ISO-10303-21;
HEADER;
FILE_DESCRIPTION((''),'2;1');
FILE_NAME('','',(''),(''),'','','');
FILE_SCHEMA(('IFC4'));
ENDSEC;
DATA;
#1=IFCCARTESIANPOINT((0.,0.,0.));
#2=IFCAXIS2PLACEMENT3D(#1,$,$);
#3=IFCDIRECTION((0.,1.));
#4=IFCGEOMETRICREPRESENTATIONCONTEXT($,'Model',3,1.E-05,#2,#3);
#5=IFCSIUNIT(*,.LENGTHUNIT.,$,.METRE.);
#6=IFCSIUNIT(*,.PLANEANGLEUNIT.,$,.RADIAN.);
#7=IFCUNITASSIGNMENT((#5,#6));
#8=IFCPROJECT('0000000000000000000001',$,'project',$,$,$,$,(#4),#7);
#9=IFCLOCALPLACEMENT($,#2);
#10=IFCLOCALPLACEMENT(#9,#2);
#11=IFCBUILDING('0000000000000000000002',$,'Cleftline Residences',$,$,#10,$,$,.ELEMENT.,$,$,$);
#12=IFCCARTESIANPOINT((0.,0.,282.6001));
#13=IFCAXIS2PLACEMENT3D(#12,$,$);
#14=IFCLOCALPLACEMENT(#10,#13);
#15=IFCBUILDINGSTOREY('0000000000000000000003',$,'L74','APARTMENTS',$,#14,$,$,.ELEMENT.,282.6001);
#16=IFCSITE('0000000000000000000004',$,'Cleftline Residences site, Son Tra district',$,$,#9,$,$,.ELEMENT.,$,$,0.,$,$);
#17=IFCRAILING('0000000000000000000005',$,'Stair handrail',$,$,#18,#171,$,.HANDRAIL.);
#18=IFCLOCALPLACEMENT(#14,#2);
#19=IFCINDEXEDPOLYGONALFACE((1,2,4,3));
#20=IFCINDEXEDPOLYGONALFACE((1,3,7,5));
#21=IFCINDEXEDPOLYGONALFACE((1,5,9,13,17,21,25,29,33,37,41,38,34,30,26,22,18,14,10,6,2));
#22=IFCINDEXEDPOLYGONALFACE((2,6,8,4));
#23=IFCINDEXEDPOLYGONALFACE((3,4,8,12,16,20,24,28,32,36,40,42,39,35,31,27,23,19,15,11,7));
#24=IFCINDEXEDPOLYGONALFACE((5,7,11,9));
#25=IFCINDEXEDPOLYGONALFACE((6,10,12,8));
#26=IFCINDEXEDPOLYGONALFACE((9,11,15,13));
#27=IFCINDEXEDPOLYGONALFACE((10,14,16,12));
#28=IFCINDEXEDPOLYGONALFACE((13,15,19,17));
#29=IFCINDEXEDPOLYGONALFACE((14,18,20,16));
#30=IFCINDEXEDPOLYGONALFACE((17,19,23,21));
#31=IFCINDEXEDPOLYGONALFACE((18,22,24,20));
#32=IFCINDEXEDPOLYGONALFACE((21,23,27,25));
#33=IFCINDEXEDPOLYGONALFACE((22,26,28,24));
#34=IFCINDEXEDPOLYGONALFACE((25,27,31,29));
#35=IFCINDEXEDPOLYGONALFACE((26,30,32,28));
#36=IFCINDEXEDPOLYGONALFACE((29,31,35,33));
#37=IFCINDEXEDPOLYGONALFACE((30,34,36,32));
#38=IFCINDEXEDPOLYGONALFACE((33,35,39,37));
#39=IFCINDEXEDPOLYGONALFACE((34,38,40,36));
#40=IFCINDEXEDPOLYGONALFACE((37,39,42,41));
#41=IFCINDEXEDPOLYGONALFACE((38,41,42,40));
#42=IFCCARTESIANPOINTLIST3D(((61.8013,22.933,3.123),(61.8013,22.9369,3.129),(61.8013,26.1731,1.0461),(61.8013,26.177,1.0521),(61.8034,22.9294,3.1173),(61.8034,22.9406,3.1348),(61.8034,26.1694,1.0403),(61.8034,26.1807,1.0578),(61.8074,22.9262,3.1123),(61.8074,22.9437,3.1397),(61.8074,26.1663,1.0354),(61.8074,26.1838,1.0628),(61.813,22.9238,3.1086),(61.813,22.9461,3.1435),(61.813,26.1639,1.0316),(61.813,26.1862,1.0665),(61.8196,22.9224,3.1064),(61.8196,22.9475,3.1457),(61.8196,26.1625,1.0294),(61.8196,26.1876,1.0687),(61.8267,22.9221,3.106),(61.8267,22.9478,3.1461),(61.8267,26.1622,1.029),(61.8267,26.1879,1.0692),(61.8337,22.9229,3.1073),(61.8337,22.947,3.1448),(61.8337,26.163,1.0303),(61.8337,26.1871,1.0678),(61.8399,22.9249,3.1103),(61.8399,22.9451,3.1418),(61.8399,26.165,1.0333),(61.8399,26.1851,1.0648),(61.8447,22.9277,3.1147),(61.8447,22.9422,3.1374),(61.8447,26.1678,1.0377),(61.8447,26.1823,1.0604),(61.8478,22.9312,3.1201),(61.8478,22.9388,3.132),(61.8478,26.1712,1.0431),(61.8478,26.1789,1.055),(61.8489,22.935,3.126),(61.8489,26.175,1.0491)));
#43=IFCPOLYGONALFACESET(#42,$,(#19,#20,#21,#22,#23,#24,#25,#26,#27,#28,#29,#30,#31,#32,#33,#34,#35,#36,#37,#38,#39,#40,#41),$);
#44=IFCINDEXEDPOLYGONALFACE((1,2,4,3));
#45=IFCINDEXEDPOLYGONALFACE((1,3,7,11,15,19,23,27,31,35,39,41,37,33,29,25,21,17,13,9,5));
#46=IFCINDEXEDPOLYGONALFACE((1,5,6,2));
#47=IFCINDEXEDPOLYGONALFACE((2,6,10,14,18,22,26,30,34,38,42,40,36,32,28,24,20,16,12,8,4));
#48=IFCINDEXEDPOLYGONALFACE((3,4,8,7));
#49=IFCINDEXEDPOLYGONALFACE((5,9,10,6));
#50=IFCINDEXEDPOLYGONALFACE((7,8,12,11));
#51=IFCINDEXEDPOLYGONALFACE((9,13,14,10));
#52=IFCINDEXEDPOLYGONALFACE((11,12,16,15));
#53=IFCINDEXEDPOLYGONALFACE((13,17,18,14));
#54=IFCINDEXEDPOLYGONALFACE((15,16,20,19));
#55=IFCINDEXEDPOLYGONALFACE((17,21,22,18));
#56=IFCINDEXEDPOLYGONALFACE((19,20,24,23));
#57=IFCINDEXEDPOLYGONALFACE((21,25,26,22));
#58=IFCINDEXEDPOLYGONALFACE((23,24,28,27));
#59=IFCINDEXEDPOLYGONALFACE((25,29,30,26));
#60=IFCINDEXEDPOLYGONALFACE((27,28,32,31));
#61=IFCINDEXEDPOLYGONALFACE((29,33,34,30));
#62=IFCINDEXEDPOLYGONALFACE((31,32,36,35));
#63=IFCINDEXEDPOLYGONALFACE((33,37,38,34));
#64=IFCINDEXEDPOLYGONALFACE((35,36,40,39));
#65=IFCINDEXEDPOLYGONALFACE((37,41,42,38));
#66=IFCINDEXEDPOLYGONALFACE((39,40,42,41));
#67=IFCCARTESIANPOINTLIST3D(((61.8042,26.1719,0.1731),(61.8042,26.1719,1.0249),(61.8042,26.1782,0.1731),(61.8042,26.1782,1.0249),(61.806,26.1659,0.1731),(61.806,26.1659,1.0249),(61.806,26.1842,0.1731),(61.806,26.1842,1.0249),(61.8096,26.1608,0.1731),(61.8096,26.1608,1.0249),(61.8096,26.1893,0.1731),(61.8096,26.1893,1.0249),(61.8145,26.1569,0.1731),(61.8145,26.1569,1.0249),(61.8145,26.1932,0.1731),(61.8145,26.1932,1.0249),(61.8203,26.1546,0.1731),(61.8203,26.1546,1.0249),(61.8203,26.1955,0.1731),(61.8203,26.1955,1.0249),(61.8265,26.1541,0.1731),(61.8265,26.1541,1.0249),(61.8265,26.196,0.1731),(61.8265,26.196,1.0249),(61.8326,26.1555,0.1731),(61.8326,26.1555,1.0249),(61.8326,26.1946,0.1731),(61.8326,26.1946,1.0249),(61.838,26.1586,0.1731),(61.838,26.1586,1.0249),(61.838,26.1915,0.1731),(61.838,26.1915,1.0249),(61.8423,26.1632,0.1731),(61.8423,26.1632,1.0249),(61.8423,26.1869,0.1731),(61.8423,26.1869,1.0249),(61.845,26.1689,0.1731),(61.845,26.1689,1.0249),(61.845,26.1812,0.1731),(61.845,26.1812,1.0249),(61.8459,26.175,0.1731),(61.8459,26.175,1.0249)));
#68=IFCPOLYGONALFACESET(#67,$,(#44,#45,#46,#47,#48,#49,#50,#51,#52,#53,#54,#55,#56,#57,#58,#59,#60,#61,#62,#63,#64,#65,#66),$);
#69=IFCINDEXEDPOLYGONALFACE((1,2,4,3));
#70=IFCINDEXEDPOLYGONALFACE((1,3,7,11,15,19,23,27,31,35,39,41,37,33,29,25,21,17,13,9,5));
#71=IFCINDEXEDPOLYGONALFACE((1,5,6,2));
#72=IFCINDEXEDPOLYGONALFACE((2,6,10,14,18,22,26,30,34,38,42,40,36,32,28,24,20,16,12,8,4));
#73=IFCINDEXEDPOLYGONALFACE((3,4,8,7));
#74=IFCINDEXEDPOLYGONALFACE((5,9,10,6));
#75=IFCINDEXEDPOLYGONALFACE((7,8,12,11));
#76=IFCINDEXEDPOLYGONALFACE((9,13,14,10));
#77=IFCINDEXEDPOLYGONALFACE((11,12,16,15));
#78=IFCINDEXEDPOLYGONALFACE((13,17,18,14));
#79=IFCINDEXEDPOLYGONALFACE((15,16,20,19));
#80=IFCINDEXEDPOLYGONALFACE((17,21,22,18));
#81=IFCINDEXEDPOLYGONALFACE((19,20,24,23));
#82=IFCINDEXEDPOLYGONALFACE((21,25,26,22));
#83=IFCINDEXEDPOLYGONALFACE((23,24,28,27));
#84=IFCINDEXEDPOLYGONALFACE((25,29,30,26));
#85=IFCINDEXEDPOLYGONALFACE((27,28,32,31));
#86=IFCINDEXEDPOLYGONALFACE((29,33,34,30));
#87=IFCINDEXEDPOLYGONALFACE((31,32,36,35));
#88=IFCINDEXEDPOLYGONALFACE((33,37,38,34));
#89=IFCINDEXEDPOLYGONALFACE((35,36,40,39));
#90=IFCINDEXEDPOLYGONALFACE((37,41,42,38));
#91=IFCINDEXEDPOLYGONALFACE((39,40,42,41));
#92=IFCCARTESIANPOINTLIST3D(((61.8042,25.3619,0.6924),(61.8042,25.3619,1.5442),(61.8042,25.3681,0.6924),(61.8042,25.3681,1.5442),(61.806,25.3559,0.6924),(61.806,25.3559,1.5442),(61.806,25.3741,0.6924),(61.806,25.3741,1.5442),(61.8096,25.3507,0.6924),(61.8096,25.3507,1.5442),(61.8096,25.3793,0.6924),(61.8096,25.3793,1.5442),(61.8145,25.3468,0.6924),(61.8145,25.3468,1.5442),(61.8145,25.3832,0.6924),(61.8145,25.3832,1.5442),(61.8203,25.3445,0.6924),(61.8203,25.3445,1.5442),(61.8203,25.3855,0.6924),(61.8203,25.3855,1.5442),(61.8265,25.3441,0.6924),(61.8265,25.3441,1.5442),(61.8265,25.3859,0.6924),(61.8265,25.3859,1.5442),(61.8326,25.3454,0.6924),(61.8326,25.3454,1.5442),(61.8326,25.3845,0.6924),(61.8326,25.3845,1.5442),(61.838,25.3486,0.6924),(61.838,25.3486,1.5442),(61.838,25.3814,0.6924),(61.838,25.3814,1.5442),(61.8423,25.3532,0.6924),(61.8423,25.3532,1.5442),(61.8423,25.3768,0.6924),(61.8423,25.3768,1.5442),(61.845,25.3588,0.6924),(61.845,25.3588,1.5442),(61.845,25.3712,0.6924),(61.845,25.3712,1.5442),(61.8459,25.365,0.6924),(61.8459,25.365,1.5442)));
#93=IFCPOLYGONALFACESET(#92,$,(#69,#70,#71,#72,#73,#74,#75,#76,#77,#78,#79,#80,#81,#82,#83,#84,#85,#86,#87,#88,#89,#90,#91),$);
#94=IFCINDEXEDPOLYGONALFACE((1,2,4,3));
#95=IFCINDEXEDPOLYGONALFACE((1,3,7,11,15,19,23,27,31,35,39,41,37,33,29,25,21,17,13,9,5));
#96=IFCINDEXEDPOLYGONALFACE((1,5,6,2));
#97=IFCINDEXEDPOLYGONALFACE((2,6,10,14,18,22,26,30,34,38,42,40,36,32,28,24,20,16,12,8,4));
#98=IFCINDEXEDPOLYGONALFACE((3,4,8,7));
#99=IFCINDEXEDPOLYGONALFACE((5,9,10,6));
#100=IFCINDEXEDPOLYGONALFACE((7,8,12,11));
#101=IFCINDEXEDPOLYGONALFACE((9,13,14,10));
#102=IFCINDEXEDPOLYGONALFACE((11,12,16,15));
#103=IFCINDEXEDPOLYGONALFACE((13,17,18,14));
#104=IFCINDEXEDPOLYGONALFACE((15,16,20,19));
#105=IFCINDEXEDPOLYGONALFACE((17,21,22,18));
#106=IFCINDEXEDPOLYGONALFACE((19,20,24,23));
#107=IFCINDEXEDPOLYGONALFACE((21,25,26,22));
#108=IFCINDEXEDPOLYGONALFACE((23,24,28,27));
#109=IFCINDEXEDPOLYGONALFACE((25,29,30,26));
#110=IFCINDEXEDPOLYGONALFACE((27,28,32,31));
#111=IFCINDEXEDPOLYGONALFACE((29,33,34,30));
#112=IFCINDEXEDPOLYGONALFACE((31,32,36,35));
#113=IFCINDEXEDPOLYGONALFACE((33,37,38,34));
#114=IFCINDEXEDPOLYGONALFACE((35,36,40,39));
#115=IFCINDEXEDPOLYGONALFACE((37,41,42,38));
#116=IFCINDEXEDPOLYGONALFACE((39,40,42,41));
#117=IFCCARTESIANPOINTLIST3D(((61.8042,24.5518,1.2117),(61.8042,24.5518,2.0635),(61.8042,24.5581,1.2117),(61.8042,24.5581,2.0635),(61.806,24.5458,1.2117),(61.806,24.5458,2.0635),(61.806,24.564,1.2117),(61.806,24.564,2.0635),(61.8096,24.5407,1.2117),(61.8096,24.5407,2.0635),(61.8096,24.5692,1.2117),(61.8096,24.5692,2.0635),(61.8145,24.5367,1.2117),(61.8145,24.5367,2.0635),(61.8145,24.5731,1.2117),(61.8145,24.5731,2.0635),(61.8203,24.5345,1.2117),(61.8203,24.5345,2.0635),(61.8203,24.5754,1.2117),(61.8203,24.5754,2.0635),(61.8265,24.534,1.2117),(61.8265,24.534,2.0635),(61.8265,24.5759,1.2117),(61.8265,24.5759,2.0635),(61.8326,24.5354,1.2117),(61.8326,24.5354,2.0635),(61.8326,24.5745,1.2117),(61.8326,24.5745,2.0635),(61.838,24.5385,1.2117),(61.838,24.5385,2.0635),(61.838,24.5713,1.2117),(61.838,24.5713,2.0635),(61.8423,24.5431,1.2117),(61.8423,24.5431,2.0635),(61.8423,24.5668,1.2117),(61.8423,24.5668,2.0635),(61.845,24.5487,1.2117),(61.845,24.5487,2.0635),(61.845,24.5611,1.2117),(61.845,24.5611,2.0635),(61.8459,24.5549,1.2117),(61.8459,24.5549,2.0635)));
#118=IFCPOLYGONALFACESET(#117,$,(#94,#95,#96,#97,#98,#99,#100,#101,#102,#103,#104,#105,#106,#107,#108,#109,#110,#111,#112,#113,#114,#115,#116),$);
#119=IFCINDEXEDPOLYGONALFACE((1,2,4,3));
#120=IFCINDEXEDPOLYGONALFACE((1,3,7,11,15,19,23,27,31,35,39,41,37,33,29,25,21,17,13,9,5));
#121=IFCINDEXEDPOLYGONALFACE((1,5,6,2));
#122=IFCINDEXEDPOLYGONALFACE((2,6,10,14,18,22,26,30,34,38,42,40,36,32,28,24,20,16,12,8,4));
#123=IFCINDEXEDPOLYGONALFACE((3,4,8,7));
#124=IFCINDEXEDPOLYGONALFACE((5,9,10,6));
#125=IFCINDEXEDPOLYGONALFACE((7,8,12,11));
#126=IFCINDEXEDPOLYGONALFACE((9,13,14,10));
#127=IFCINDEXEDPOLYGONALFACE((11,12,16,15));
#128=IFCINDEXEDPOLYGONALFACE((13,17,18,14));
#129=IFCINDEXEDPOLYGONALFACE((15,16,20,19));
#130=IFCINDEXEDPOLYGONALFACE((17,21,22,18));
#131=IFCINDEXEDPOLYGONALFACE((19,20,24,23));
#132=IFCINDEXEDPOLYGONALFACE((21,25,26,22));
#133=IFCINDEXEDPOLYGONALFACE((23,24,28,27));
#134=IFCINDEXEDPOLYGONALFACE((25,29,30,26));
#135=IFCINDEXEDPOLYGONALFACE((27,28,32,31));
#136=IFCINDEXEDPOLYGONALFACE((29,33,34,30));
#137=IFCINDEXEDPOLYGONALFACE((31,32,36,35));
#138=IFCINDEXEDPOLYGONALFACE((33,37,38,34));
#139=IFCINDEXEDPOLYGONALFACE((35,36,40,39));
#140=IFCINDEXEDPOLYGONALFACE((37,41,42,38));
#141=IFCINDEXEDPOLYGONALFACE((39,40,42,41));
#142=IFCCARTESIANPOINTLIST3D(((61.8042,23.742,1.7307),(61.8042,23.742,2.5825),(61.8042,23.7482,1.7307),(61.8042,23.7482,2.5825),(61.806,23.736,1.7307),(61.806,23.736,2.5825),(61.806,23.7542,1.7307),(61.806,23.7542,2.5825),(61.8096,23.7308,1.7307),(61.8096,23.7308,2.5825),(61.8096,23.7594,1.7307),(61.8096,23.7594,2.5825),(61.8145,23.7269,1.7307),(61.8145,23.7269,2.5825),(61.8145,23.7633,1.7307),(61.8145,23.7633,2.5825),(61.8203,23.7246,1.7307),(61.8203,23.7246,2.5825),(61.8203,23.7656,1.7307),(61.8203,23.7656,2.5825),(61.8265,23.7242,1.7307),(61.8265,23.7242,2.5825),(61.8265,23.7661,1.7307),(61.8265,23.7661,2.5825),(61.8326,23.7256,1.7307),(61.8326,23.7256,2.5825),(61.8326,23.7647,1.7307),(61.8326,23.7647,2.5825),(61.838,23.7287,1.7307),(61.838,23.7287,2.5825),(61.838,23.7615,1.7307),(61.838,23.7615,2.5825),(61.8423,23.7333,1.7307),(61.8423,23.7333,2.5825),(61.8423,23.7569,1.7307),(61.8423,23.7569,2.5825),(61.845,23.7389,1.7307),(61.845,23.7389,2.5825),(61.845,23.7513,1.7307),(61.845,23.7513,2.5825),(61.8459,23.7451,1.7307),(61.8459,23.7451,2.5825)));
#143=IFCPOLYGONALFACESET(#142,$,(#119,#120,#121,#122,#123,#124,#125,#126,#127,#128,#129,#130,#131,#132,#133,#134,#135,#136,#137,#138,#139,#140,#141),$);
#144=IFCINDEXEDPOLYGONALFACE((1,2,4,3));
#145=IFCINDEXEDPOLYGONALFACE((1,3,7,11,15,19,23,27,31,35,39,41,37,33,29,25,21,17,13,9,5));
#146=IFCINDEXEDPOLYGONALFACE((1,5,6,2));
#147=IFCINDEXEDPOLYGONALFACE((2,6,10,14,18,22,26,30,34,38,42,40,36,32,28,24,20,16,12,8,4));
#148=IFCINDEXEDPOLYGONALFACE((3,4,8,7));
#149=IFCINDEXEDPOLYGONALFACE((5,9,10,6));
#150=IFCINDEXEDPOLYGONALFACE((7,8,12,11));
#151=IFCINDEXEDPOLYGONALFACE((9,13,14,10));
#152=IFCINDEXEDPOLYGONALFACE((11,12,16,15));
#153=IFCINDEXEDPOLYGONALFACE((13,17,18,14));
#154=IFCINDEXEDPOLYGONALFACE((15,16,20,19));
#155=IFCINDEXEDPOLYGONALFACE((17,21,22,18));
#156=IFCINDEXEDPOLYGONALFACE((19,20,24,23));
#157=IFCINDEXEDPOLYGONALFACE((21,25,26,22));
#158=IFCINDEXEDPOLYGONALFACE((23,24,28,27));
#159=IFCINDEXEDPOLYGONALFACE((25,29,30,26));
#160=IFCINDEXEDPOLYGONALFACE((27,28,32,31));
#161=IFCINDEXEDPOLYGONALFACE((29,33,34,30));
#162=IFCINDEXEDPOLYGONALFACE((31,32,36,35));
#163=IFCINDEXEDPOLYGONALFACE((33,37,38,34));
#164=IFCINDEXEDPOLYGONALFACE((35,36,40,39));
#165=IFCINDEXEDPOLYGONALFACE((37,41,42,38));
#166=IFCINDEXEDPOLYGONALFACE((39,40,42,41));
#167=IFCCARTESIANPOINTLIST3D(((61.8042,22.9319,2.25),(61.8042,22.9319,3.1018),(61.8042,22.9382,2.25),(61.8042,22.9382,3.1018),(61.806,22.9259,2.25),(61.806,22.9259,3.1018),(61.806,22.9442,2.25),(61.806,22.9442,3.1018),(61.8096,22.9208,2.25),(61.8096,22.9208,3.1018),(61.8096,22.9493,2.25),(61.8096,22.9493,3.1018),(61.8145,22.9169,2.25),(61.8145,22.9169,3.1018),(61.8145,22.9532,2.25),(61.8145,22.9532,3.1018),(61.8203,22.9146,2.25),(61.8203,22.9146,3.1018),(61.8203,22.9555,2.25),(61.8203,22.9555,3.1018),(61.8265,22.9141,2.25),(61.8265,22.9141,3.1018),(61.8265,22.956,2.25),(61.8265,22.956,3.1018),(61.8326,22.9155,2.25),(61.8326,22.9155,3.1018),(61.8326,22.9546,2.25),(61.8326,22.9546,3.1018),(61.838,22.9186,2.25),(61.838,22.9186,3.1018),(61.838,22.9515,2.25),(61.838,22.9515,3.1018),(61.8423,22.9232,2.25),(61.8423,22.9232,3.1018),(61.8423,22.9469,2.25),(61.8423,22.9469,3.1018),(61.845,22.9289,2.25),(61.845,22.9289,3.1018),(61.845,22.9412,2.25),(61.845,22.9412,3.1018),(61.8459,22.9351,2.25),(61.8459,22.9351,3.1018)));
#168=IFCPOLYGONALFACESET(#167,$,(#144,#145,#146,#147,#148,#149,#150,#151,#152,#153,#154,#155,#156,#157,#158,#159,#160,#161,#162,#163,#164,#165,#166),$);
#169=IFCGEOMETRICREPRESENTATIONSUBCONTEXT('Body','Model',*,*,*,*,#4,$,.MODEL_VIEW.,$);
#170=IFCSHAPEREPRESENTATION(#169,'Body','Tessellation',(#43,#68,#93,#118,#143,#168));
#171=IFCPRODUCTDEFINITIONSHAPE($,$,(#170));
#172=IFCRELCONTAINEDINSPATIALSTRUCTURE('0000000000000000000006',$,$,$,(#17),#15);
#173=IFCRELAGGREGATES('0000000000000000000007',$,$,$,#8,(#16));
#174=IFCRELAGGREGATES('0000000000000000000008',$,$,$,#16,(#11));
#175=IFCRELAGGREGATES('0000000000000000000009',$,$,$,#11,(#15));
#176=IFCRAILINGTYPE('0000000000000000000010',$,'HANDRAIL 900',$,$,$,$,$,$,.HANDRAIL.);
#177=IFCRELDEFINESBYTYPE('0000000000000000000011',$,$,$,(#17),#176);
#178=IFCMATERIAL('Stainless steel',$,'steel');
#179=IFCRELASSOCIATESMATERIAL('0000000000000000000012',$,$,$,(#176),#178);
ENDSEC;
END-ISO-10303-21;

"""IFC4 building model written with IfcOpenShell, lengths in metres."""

from ifc_helpers import new_model, si_unit, direction, frame, origin, origin_2d, place, context, subcontext, project, spatial, circle, extrude, material, type_object, element, save


model = new_model("IFC4")

# Units and contexts
model_context = context("Model", 3, precision=1e-05, world=origin(), true_north=direction((0.0, 1.0)))
body_context = subcontext(model_context, "Body", "Model", "MODEL_VIEW")
ifc_project = project(units=[si_unit("LENGTHUNIT", "METRE"), si_unit("PLANEANGLEUNIT", "RADIAN")], contexts=[model_context])

# Site, building, storey
site_placement = place(None, origin())
site = spatial("IfcSite", under=ifc_project, at=site_placement, Name="Cleftline Residences site, Son Tra district", CompositionType="ELEMENT", RefElevation=0.0)
building_placement = place(site_placement, origin())
building = spatial("IfcBuilding", under=site, at=building_placement, Name="Cleftline Residences", CompositionType="ELEMENT")
storey_placement = place(building_placement, frame((0.0, 0.0, 282.6001)))
storey = spatial("IfcBuildingStorey", under=building, at=storey_placement, Name="L74", Description="APARTMENTS", CompositionType="ELEMENT", Elevation=282.6001)

# Railing
ifc_material_1 = material(Name="Stainless steel", Category="steel")
railing_type = type_object("IfcRailingType", Name="HANDRAIL 900", PredefinedType="HANDRAIL", material=ifc_material_1)
railing_placement = place(storey_placement, frame((61.825, 26.175, 0.1731)))
element("IfcRailing", 1, at=railing_placement, inside=storey, type_object=railing_type, Name="Stair handrail", PredefinedType="HANDRAIL", context=body_context, shape_type="SweptSolid", body=[
    extrude(circle(Radius=0.0239, at=origin_2d()), frame((0.0, 0.0, 0.876), z_axis=(0.0, -0.841881, 0.539664), x_axis=(1.0, 0.0, 0.0)), (0.0, 0.0, 1.0), 3.8486),
    extrude(circle(Radius=0.021, at=origin_2d()), origin(), (0.0, 0.0, 1.0), 0.8518),
    extrude(circle(Radius=0.021, at=origin_2d()), frame((0.0, -0.8101, 0.5193)), (0.0, 0.0, 1.0), 0.8518),
    extrude(circle(Radius=0.021, at=origin_2d()), frame((0.0, -1.6201, 1.0386)), (0.0, 0.0, 1.0), 0.8518),
    extrude(circle(Radius=0.021, at=origin_2d()), frame((0.0, -2.4299, 1.5576)), (0.0, 0.0, 1.0), 0.8518),
    extrude(circle(Radius=0.021, at=origin_2d()), frame((0.0, -3.24, 2.0769)), (0.0, 0.0, 1.0), 0.8518),
])

save(model, "model.ifc")
